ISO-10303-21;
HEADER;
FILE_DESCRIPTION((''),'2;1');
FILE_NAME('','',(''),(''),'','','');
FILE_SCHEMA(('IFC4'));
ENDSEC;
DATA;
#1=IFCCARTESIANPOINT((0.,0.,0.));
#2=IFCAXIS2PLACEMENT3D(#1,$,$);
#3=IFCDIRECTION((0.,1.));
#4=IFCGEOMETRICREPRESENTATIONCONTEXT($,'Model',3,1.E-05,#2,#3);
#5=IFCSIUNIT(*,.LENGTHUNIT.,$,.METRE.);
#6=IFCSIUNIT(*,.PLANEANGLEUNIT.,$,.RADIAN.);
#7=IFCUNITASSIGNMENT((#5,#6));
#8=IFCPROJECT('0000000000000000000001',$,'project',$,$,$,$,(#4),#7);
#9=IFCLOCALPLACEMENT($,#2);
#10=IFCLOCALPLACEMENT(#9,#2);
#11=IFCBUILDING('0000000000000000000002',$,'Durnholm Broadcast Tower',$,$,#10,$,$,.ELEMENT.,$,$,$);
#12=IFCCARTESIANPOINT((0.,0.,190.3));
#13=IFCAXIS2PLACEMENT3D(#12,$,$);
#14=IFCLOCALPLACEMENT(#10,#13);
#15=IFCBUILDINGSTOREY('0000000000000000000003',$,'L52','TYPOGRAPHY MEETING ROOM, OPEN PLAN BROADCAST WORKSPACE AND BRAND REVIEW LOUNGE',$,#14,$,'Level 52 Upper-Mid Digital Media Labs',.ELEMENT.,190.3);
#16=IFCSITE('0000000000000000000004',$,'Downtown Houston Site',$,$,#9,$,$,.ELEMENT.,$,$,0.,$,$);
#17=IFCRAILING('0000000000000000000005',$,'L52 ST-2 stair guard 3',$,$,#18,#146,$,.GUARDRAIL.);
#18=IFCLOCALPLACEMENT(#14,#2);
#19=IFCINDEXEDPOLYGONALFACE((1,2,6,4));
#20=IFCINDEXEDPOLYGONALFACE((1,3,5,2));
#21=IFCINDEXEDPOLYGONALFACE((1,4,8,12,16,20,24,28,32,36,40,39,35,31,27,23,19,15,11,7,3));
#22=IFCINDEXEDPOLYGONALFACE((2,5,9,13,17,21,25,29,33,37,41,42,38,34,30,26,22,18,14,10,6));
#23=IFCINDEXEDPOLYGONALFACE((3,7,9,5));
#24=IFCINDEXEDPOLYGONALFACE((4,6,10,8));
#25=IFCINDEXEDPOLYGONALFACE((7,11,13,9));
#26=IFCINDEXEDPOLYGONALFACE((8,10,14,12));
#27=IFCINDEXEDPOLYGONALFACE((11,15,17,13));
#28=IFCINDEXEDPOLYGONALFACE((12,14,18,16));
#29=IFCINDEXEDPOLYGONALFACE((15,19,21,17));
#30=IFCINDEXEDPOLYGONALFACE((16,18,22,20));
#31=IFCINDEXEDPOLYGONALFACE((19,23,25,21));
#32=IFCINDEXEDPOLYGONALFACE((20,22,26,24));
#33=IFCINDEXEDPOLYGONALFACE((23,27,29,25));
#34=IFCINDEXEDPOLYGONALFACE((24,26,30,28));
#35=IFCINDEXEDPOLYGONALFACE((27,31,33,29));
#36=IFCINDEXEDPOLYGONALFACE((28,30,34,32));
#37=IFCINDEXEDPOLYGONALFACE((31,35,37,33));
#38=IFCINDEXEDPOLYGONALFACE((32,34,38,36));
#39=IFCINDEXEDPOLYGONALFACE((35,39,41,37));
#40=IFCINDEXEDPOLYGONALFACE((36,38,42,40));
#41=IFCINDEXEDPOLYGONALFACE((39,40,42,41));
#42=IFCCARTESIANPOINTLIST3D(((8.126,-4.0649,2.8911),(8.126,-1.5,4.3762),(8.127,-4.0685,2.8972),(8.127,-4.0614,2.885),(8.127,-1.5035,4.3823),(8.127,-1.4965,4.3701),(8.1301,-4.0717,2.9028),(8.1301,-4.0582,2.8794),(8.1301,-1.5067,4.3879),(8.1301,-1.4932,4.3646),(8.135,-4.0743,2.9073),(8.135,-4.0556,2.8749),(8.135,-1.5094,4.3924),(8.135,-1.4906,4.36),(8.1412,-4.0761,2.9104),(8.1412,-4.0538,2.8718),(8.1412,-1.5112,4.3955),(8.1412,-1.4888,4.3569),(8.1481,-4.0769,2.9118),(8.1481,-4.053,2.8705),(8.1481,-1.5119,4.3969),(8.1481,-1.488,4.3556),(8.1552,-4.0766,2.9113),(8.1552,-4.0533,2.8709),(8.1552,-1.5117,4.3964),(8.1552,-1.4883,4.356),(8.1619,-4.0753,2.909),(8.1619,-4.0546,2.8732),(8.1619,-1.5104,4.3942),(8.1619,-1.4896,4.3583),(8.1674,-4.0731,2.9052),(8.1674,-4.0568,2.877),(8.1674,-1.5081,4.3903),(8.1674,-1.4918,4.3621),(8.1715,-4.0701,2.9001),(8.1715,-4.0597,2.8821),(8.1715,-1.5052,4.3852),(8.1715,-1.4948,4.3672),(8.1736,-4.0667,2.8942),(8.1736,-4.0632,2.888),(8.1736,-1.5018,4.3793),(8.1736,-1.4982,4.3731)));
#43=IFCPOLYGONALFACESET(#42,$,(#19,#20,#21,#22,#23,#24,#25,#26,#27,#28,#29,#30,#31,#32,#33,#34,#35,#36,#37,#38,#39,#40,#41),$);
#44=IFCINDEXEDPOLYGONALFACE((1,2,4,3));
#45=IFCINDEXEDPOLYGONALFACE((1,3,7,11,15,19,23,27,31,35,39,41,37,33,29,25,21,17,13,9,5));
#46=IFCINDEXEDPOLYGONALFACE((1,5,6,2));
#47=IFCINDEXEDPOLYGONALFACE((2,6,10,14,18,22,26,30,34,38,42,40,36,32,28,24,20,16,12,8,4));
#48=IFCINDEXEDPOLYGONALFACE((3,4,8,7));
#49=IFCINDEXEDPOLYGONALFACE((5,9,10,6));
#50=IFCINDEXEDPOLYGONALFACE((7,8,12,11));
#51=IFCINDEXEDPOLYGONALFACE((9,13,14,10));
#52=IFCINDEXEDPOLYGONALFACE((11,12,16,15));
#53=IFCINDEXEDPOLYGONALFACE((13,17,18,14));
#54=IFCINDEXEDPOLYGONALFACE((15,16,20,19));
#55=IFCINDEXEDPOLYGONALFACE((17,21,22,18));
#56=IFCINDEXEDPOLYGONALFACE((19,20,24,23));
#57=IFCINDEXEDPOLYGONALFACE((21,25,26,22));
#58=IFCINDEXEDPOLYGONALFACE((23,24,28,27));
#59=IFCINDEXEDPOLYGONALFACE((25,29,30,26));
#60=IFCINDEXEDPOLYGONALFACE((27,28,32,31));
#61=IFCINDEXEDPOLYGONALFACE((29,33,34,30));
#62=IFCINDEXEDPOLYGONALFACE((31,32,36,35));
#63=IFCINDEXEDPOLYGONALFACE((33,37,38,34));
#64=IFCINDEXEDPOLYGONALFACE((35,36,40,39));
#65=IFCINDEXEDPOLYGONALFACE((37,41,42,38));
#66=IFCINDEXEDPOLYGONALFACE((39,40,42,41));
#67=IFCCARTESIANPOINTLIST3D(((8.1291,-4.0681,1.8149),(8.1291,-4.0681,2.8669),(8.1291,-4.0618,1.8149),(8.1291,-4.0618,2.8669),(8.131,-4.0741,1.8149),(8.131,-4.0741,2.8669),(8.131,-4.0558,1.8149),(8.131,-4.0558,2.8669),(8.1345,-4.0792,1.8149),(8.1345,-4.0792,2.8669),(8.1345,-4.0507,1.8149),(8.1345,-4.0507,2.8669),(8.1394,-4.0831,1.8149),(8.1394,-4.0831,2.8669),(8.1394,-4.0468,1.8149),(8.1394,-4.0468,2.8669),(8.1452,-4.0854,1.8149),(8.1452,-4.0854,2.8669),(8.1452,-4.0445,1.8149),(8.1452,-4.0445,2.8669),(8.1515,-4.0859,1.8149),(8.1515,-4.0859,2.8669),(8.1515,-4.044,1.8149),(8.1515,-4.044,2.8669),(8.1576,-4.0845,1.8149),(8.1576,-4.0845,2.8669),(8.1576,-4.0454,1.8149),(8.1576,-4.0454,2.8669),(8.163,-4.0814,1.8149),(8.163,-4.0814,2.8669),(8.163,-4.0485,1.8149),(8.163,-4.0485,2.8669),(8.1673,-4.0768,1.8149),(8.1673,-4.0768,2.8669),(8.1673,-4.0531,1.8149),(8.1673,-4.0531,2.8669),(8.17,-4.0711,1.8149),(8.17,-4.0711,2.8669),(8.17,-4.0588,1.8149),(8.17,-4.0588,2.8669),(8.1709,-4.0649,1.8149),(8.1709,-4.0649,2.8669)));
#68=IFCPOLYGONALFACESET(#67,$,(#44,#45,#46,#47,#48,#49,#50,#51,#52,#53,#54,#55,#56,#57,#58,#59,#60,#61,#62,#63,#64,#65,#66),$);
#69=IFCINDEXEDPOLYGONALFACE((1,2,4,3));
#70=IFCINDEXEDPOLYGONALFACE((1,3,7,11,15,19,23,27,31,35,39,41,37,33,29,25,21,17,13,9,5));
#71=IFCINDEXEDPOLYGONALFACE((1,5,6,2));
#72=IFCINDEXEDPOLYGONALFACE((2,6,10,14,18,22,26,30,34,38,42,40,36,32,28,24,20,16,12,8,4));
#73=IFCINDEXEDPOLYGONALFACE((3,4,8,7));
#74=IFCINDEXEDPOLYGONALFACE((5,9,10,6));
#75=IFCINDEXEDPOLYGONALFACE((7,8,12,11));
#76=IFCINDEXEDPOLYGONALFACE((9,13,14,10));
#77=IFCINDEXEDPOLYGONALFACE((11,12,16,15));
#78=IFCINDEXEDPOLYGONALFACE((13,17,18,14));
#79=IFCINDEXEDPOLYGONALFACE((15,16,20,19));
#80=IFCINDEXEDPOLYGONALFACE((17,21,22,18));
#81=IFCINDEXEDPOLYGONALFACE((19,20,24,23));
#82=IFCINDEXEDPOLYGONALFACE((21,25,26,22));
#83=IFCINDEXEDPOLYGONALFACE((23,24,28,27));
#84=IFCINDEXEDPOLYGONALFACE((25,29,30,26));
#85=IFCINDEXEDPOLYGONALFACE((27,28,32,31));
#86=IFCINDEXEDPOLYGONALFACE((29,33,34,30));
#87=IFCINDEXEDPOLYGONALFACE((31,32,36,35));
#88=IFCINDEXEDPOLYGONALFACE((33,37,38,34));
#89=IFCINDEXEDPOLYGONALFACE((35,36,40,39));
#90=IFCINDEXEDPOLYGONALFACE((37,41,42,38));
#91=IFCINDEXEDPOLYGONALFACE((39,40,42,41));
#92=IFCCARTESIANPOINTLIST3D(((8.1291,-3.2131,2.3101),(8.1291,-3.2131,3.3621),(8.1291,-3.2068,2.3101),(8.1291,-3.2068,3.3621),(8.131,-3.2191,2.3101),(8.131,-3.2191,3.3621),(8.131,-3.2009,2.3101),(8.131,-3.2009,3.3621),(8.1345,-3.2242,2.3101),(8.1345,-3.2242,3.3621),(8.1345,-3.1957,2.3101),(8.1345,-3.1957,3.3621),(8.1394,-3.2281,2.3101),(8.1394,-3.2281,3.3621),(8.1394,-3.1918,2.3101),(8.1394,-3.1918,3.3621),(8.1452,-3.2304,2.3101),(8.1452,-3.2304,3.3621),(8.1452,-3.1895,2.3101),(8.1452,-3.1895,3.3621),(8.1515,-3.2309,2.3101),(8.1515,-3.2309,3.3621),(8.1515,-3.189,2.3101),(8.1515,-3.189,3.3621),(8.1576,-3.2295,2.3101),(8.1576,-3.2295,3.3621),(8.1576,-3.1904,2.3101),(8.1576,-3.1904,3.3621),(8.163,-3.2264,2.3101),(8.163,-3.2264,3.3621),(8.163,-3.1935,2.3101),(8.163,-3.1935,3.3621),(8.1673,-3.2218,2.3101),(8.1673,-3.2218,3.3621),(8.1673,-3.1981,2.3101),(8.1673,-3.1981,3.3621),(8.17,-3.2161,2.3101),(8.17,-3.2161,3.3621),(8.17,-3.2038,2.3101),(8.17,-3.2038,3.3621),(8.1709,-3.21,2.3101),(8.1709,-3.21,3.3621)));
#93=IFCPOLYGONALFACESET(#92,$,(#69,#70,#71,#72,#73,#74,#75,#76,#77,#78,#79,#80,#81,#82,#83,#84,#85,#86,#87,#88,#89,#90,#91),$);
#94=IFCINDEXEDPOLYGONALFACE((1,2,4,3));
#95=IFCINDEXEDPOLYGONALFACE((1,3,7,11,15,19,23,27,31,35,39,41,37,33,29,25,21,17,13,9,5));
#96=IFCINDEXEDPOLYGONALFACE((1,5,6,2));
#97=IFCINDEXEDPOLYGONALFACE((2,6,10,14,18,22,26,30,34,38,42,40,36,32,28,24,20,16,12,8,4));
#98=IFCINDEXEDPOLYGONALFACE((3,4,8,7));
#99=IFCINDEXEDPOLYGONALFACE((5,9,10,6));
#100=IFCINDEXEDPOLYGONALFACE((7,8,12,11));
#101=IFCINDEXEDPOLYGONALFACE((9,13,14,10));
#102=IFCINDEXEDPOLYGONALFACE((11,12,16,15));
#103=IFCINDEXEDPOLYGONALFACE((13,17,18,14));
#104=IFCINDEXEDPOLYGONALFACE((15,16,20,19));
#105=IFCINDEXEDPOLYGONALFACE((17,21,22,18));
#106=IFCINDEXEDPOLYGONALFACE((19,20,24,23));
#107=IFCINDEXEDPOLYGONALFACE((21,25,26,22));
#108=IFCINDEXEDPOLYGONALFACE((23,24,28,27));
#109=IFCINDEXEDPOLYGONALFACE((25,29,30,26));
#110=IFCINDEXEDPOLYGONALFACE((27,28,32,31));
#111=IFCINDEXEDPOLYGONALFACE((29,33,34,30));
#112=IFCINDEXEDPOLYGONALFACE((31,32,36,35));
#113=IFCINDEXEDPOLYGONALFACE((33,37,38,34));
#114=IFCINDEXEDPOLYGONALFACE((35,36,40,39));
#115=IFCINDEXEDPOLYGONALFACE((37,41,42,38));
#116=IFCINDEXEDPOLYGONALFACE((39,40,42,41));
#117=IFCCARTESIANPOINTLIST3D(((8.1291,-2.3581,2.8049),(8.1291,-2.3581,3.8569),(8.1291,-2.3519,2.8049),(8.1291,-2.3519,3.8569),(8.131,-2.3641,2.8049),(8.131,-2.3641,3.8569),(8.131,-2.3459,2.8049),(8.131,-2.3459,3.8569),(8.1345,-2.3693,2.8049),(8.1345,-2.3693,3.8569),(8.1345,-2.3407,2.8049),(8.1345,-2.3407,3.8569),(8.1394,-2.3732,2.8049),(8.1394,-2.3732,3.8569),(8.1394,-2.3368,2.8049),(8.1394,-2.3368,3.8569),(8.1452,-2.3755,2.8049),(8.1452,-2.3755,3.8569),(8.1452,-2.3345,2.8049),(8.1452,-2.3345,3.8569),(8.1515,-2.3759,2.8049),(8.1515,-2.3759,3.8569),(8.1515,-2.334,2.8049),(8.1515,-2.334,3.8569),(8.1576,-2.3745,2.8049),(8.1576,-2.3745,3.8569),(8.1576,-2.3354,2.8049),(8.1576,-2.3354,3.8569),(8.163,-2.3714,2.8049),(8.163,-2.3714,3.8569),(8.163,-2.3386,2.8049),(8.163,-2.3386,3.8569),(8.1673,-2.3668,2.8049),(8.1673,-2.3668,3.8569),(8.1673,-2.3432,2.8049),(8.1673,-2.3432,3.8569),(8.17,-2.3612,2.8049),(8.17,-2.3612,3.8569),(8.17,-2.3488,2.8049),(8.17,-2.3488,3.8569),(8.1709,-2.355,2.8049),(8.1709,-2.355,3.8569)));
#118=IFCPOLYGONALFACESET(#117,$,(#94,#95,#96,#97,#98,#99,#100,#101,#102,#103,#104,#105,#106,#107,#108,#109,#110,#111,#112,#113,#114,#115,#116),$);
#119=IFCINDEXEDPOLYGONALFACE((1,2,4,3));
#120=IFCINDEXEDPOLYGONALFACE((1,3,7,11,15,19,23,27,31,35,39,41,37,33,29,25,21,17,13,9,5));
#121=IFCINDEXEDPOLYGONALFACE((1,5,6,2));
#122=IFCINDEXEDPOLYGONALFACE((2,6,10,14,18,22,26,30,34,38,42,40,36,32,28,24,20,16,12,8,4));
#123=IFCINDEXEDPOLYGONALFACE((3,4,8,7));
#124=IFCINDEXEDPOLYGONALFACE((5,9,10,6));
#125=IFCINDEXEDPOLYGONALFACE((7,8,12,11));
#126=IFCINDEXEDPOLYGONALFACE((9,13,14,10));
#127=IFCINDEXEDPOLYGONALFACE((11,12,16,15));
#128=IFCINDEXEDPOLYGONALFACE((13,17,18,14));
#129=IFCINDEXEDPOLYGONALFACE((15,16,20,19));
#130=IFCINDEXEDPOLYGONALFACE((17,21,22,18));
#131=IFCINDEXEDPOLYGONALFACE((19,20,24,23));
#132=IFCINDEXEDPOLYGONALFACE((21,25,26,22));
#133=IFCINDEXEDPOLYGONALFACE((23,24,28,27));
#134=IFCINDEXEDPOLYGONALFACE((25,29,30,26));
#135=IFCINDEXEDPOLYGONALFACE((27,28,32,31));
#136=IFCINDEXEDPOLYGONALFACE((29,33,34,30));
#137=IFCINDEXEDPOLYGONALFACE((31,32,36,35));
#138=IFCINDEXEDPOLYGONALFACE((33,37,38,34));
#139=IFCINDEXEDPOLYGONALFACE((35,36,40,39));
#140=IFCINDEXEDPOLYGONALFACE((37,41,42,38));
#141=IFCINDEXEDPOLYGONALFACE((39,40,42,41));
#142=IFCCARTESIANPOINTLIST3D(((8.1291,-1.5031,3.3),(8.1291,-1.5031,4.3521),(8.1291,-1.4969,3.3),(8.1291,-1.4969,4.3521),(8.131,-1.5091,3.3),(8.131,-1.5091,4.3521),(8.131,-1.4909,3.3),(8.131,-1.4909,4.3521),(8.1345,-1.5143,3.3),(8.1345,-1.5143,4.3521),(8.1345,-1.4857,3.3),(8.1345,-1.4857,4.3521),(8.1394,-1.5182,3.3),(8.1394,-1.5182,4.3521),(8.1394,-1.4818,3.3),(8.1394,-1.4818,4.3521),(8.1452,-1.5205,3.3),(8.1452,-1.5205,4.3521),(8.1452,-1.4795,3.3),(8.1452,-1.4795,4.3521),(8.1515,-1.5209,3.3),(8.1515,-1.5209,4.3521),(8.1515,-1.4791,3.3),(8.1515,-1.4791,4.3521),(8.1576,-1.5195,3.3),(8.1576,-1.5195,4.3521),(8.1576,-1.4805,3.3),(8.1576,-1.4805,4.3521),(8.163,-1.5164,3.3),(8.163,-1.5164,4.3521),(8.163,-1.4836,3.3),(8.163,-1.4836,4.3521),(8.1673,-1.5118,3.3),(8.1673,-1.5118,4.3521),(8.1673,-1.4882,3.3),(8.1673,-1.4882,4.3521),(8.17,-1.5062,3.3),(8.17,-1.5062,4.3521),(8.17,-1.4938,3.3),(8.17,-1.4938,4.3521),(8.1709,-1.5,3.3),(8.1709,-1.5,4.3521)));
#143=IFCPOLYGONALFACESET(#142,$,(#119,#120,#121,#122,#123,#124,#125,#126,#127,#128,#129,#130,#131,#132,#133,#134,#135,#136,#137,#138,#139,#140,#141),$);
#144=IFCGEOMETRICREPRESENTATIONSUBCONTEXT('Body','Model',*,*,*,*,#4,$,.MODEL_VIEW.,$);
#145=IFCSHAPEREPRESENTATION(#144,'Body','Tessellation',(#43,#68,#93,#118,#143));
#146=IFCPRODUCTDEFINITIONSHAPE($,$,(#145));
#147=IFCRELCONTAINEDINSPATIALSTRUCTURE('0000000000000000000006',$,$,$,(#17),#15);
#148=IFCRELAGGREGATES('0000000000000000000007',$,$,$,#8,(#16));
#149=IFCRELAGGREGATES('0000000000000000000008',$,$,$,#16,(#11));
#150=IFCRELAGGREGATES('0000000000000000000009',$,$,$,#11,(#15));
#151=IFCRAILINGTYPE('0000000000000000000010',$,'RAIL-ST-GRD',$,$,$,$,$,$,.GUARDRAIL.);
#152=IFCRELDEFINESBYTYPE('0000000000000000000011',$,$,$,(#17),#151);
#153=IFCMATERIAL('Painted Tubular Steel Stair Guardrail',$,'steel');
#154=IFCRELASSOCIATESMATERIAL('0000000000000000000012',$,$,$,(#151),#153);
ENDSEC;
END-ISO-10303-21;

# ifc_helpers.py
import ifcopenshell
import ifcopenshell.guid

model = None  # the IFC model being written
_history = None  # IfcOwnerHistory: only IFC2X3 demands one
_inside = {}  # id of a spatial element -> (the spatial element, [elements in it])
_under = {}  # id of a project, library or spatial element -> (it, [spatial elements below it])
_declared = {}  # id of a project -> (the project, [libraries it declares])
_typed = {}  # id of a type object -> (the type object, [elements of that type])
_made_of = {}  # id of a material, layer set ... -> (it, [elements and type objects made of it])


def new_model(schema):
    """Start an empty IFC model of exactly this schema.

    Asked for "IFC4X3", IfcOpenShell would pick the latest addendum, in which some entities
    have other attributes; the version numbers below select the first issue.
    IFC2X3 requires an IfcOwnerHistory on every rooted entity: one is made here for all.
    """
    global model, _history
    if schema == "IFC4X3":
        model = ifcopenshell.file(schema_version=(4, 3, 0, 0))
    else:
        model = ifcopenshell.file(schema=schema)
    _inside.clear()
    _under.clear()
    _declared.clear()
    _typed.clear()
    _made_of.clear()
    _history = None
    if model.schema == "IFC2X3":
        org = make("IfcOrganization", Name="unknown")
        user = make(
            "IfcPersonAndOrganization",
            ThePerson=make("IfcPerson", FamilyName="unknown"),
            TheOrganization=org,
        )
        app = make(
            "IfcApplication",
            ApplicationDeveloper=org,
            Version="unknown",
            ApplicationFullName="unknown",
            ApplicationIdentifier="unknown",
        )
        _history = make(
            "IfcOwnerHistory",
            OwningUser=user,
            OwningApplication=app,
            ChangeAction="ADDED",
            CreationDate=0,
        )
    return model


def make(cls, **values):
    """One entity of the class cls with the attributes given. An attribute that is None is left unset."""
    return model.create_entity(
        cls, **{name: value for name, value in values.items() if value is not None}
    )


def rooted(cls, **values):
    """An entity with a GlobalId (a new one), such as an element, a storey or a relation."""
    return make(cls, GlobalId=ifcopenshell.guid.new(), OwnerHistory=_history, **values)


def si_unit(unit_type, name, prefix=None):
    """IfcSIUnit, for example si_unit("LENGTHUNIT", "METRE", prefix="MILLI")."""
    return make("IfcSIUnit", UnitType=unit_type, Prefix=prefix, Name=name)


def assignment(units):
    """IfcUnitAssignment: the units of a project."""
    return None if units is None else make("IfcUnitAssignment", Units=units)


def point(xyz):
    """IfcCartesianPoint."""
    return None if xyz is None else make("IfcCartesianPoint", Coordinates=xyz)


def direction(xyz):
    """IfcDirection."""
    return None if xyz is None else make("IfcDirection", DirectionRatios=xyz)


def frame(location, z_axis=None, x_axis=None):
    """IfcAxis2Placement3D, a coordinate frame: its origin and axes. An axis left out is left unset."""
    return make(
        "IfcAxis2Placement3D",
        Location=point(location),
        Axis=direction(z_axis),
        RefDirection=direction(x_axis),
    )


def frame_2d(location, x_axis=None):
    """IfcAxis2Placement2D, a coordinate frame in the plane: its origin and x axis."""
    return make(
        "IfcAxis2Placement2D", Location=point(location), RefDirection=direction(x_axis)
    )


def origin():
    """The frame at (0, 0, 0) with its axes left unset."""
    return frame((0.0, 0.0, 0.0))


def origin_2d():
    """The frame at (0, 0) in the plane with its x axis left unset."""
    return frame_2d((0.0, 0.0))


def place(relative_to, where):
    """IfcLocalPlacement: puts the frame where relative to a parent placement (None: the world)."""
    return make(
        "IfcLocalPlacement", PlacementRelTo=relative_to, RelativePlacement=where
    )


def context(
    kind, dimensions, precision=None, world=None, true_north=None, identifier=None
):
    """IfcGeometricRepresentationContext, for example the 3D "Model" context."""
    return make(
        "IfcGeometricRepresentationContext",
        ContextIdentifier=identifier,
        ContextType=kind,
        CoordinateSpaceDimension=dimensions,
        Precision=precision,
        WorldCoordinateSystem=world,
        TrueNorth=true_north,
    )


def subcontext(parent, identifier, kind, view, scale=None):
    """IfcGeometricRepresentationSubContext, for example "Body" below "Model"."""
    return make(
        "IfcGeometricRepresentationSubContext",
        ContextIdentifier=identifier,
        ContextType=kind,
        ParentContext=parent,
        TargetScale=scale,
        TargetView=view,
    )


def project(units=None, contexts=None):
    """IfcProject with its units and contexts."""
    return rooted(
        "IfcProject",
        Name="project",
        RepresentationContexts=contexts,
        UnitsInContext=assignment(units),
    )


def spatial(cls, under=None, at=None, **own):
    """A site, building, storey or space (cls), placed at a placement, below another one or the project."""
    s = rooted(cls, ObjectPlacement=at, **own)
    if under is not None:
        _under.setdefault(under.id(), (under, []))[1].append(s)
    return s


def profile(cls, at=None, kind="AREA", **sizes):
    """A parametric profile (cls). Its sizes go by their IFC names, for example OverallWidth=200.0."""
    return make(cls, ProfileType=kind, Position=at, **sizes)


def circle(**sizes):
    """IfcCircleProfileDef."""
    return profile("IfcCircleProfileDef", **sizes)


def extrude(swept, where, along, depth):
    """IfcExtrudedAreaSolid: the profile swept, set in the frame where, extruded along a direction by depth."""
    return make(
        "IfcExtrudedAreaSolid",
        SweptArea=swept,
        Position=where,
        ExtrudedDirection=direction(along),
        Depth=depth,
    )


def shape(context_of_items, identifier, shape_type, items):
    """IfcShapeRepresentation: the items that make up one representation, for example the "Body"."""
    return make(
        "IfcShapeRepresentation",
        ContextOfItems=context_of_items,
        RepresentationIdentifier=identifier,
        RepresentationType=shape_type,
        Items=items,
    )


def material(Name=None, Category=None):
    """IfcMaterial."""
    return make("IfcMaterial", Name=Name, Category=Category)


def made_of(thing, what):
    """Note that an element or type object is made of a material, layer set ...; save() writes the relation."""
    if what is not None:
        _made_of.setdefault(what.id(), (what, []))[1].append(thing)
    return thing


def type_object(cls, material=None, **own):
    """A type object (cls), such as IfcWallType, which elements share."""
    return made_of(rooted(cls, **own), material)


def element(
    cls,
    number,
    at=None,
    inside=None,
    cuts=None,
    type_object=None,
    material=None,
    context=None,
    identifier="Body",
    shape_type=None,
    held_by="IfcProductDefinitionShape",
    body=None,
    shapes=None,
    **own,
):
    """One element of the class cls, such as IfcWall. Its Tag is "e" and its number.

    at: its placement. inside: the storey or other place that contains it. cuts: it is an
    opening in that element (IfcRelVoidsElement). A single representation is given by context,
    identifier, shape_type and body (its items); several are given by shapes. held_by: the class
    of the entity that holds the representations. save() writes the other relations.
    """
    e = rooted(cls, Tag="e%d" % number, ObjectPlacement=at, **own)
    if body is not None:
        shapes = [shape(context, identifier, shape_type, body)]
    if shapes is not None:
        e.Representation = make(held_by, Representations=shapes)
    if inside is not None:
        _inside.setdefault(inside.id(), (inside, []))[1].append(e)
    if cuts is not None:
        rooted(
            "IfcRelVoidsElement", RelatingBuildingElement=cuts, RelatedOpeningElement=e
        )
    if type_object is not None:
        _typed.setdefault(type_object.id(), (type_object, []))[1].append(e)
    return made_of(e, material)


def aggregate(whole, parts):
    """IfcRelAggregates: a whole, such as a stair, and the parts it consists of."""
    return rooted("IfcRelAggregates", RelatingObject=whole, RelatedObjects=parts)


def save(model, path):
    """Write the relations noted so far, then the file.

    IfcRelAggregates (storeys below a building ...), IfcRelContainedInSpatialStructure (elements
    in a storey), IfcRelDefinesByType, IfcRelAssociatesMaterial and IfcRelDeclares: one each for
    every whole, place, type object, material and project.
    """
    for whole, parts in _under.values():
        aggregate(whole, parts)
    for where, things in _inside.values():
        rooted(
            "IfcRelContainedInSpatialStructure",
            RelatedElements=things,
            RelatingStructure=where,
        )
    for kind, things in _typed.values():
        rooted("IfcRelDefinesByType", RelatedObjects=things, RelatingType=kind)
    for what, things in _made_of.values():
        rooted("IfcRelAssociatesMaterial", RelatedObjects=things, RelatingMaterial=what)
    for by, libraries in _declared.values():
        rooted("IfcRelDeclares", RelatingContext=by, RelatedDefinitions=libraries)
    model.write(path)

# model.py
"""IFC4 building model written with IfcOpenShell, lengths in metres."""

from ifc_helpers import new_model, si_unit, direction, frame, origin, origin_2d, place, context, subcontext, project, spatial, circle, extrude, material, type_object, element, save


model = new_model("IFC4")

# Units and contexts
model_context = context("Model", 3, precision=1e-05, world=origin(), true_north=direction((0.0, 1.0)))
body_context = subcontext(model_context, "Body", "Model", "MODEL_VIEW")
ifc_project = project(units=[si_unit("LENGTHUNIT", "METRE"), si_unit("PLANEANGLEUNIT", "RADIAN")], contexts=[model_context])

# Site, building, storey
site_placement = place(None, origin())
site = spatial("IfcSite", under=ifc_project, at=site_placement, Name="Downtown Houston Site", CompositionType="ELEMENT", RefElevation=0.0)
building_placement = place(site_placement, origin())
building = spatial("IfcBuilding", under=site, at=building_placement, Name="Durnholm Broadcast Tower", CompositionType="ELEMENT")
storey_placement = place(building_placement, frame((0.0, 0.0, 190.3)))
storey = spatial("IfcBuildingStorey", under=building, at=storey_placement, Name="L52", Description="TYPOGRAPHY MEETING ROOM, OPEN PLAN BROADCAST WORKSPACE AND BRAND REVIEW LOUNGE", LongName="Level 52 Upper-Mid Digital Media Labs", CompositionType="ELEMENT", Elevation=190.3)

# Railing
ifc_material_1 = material(Name="Painted Tubular Steel Stair Guardrail", Category="steel")
railing_type_1 = type_object("IfcRailingType", Name="RAIL-ST-GRD", PredefinedType="GUARDRAIL", material=ifc_material_1)
railing_1_placement = place(storey_placement, frame((8.1499, -4.0649, 1.8149)))
element("IfcRailing", 1, at=railing_1_placement, inside=storey, type_object=railing_type_1, Name="L52 ST-2 stair guard 3", PredefinedType="GUARDRAIL", context=body_context, shape_type="SweptSolid", body=[
    extrude(circle(Radius=0.0239, at=origin_2d()), frame((0.0, 0.0, 1.0762), z_axis=(0.0, 0.865406, 0.501072), x_axis=(-1.0, 0.0, 0.0)), (0.0, 0.0, 1.0), 2.9639),
    extrude(circle(Radius=0.021, at=origin_2d()), origin(), (0.0, 0.0, 1.0), 1.052),
    extrude(circle(Radius=0.021, at=origin_2d()), frame((0.0, 0.855, 0.4951)), (0.0, 0.0, 1.0), 1.052),
    extrude(circle(Radius=0.021, at=origin_2d()), frame((0.0, 1.71, 0.99)), (0.0, 0.0, 1.0), 1.052),
    extrude(circle(Radius=0.021, at=origin_2d()), frame((0.0, 2.5649, 1.4851)), (0.0, 0.0, 1.0), 1.052),
])

save(model, "model.ifc")
